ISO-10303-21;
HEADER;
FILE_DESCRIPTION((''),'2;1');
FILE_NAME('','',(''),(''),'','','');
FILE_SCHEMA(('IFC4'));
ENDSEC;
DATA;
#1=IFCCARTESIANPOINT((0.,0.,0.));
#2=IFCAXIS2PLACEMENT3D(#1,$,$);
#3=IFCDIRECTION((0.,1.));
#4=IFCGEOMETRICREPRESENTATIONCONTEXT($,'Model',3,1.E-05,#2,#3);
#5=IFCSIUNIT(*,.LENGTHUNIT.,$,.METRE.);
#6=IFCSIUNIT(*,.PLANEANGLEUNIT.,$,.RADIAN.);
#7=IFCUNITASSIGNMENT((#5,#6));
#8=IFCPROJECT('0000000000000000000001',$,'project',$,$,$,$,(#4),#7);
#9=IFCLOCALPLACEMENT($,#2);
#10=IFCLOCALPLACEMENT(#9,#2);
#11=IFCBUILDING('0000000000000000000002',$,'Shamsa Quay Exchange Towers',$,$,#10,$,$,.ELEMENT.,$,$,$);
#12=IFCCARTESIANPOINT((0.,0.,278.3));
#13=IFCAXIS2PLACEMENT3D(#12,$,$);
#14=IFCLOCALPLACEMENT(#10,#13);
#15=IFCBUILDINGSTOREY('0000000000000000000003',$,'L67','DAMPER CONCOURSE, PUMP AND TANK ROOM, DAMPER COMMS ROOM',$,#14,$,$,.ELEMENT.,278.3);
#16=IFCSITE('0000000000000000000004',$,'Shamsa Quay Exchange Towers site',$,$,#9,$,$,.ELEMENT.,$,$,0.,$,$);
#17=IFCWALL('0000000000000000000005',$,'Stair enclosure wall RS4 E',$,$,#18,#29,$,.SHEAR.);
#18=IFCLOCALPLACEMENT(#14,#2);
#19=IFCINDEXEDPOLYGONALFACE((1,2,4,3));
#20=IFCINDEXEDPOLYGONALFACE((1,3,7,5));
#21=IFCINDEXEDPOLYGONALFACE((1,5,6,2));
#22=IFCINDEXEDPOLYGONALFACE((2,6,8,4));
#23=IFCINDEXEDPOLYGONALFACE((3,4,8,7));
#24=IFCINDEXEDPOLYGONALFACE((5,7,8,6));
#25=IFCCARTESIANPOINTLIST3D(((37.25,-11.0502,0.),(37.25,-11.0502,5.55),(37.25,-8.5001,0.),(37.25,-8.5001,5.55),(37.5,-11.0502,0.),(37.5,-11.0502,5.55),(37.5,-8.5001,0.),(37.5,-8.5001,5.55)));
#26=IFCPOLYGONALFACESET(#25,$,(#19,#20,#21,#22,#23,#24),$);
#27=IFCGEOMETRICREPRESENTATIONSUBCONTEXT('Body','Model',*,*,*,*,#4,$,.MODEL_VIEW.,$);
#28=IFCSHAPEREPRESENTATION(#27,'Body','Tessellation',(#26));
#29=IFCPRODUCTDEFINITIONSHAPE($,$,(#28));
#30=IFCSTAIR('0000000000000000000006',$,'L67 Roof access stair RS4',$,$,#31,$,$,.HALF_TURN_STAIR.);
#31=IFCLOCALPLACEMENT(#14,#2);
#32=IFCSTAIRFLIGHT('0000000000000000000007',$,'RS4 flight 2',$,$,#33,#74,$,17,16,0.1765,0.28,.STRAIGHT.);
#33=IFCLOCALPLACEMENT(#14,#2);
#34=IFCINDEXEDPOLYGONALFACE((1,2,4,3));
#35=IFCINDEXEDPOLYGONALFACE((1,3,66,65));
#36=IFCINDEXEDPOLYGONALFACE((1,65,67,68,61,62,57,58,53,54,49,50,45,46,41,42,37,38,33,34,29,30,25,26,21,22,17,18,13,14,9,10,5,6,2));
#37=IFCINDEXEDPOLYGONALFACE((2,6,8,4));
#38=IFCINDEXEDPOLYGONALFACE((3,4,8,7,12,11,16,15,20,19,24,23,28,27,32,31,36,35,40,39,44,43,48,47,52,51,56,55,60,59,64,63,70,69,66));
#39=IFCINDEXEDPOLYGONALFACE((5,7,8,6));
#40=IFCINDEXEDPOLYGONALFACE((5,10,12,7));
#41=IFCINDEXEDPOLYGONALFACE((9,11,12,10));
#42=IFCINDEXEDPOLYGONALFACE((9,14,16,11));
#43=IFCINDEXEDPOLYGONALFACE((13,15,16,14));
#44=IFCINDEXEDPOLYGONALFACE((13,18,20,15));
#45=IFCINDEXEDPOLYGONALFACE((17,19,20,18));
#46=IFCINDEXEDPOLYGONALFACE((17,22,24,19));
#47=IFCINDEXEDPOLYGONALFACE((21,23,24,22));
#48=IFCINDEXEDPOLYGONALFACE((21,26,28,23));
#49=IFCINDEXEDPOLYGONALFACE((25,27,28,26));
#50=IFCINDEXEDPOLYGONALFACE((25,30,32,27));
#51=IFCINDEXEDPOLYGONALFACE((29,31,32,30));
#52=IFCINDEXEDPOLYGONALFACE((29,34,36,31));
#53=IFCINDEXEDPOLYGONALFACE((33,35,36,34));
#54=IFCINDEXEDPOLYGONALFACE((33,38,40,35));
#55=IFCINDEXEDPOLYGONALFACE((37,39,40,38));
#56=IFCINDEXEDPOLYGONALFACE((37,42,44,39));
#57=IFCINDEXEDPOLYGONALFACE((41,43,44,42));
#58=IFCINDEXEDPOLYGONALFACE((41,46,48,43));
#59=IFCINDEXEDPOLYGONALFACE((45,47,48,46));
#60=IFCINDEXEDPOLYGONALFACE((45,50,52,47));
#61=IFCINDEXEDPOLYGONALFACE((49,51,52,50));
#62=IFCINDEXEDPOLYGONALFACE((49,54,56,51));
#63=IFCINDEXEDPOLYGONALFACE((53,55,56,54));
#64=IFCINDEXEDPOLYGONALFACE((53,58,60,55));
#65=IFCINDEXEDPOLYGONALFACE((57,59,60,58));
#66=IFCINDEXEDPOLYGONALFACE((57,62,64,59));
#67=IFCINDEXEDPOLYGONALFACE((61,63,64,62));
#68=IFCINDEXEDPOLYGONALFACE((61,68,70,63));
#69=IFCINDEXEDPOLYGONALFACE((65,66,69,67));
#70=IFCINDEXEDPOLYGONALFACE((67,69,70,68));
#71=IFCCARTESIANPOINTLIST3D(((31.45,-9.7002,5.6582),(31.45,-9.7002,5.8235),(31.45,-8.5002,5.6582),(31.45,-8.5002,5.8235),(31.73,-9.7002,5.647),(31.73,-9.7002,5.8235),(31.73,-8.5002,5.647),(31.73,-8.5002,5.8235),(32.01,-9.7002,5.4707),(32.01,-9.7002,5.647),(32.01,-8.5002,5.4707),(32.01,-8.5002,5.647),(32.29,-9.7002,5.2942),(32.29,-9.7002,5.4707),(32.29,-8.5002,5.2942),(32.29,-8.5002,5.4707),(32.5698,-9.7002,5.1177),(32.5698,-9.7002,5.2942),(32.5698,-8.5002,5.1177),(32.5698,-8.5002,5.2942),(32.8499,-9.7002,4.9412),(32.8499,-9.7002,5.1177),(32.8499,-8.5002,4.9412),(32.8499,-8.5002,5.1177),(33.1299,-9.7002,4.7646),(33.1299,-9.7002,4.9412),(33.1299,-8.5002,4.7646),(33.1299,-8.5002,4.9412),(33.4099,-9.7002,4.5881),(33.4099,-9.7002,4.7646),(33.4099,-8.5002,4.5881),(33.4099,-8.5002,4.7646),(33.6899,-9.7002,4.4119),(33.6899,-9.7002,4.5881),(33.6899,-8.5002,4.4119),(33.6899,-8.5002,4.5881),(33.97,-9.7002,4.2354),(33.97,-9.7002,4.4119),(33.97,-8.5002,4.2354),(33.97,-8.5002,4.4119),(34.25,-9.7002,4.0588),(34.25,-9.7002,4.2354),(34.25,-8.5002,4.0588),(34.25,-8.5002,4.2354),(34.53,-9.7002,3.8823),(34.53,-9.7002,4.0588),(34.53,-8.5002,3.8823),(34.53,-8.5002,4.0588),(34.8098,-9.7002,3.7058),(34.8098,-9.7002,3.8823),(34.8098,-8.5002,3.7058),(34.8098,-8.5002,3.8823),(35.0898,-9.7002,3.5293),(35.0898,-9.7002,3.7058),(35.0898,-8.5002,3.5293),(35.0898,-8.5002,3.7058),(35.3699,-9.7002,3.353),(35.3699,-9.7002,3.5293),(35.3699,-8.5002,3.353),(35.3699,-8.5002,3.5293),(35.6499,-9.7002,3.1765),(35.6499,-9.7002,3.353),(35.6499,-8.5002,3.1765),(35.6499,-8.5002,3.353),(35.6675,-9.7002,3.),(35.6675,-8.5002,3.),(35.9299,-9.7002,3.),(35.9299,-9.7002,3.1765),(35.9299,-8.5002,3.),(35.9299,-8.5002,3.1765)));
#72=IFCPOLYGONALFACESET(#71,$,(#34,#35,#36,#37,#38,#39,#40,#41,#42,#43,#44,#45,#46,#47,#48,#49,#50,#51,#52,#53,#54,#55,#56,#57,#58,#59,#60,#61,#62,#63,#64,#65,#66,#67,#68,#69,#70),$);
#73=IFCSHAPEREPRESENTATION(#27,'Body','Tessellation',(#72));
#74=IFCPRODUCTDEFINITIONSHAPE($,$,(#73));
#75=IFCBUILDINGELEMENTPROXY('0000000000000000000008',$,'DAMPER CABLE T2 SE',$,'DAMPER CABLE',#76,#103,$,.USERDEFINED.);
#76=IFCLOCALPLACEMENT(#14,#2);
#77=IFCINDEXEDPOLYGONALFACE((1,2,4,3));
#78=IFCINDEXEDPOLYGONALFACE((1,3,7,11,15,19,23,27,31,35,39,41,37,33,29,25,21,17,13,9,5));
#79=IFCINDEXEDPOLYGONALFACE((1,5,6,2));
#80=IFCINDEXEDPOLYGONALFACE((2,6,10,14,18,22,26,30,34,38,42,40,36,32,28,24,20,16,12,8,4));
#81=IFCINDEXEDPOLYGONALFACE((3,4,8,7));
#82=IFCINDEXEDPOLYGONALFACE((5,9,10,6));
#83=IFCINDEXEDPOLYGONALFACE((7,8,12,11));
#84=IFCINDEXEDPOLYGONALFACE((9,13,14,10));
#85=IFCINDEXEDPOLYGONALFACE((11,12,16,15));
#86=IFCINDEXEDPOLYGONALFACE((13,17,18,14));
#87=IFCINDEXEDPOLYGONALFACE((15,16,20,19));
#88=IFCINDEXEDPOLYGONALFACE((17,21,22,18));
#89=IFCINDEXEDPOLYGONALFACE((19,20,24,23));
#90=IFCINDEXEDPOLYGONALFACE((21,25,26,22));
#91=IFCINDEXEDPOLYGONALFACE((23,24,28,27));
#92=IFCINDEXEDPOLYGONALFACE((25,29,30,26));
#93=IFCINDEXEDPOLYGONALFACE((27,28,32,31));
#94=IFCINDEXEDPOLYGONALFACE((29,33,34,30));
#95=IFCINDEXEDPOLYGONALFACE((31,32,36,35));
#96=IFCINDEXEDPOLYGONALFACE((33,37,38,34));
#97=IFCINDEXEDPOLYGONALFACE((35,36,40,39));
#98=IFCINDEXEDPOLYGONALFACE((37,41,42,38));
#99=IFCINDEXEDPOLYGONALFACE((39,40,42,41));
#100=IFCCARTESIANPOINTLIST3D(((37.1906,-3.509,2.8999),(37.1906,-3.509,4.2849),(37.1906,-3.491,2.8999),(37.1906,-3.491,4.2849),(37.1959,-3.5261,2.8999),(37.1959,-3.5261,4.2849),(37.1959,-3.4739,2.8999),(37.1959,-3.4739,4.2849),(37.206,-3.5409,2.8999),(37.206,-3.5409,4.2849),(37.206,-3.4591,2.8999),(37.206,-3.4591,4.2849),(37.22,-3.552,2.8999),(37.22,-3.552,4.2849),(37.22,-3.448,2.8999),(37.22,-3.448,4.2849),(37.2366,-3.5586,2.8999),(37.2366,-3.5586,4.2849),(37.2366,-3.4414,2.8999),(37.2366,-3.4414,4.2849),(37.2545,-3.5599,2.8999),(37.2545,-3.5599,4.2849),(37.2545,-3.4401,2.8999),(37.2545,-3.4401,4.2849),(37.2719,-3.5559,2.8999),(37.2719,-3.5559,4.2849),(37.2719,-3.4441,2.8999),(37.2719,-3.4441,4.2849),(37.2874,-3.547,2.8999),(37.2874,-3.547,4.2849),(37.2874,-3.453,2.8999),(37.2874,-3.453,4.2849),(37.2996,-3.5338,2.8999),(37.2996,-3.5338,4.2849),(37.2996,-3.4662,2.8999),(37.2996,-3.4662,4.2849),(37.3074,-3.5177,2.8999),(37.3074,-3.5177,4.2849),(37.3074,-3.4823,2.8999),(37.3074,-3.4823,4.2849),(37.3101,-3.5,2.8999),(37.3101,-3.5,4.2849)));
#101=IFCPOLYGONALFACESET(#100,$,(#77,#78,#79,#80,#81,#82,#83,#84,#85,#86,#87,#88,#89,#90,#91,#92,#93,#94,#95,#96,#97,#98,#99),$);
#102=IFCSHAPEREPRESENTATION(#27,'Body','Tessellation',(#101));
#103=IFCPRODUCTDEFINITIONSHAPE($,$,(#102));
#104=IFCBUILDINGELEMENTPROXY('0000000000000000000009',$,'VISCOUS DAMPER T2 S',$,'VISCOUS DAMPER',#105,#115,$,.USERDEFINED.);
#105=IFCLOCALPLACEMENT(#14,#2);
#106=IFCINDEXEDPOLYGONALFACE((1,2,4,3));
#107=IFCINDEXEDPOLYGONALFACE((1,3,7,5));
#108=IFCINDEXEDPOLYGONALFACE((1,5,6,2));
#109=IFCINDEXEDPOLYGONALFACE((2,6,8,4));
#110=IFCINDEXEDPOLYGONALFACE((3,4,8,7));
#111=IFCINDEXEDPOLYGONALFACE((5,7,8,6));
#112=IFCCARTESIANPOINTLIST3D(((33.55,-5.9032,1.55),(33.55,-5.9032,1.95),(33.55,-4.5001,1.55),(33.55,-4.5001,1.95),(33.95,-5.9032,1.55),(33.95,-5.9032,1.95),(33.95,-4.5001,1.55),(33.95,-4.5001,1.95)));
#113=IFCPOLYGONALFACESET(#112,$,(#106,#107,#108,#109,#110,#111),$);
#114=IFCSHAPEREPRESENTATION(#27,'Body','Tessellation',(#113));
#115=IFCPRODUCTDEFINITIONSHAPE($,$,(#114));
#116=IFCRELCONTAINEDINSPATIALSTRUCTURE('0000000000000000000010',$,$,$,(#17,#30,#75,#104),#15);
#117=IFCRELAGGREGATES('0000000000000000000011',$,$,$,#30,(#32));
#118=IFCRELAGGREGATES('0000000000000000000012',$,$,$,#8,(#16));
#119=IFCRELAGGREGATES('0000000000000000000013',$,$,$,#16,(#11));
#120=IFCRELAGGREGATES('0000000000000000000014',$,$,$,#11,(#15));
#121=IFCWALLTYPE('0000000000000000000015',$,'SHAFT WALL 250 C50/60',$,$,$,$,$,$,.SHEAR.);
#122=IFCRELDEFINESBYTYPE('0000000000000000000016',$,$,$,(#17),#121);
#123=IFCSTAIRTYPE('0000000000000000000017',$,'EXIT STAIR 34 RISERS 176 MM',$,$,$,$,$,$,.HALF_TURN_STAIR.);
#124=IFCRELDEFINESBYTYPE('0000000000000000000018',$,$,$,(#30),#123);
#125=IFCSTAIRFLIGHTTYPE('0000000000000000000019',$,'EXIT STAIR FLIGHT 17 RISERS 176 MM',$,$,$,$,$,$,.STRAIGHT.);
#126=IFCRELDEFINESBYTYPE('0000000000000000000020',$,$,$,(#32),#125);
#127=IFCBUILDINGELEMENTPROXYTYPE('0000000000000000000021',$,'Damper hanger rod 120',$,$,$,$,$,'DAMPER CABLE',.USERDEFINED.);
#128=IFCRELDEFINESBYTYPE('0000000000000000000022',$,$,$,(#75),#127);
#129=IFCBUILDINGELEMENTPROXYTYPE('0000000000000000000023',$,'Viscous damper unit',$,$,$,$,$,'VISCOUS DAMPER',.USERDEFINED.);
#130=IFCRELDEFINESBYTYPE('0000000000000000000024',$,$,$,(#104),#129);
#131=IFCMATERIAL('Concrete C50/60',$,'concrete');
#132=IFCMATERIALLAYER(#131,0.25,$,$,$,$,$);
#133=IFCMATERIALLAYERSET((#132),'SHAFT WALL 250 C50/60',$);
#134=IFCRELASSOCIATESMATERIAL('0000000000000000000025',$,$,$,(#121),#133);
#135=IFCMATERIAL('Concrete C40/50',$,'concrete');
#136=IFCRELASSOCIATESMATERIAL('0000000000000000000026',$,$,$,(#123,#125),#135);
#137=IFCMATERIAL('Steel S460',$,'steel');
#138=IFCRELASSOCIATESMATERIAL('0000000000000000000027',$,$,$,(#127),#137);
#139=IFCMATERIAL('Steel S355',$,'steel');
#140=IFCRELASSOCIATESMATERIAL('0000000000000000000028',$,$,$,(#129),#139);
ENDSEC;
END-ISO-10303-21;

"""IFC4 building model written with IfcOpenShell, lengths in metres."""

from ifc_helpers import new_model, si_unit, direction, frame, frame_2d, origin, origin_2d, place, context, subcontext, project, spatial, polyline, rectangle, circle, outline, extrude, material, layer, layer_set, material_profile, profile_set, type_object, element, aggregate, save


model = new_model("IFC4")

# Units and contexts
model_context = context("Model", 3, precision=1e-05, world=origin(), true_north=direction((0.0, 1.0)))
body_context = subcontext(model_context, "Body", "Model", "MODEL_VIEW")
ifc_project = project(units=[si_unit("LENGTHUNIT", "METRE"), si_unit("PLANEANGLEUNIT", "RADIAN")], contexts=[model_context])

# Site, building, storey
site_placement = place(None, origin())
site = spatial("IfcSite", under=ifc_project, at=site_placement, Name="Shamsa Quay Exchange Towers site", CompositionType="ELEMENT", RefElevation=0.0)
building_placement = place(site_placement, origin())
building = spatial("IfcBuilding", under=site, at=building_placement, Name="Shamsa Quay Exchange Towers", CompositionType="ELEMENT")
storey_placement = place(building_placement, frame((0.0, 0.0, 278.3)))
storey = spatial("IfcBuildingStorey", under=building, at=storey_placement, Name="L67", Description="DAMPER CONCOURSE, PUMP AND TANK ROOM, DAMPER COMMS ROOM", CompositionType="ELEMENT", Elevation=278.3)

# Shared definitions
ifc_material_1 = material(Name="Steel S355", Category="steel")

# Wall
ifc_material_2 = material(Name="Concrete C50/60", Category="concrete")
ifc_layer_1 = layer(ifc_material_2, 0.25)
ifc_layer_set_1 = layer_set([ifc_layer_1], Name="SHAFT WALL 250 C50/60")
wall_type_1 = type_object("IfcWallType", Name="SHAFT WALL 250 C50/60", PredefinedType="SHEAR", material=ifc_layer_set_1)
wall_1_placement = place(storey_placement, frame((37.375, -11.05, 0.0), z_axis=(0.0, 0.0, 1.0), x_axis=(0.0, 1.0, 0.0)))
element("IfcWall", 1, at=wall_1_placement, inside=storey, type_object=wall_type_1, Name="Stair enclosure wall RS4 E", PredefinedType="SHEAR", context=body_context, shape_type="SweptSolid", body=[
    extrude(rectangle(XDim=2.55, YDim=0.25, at=frame_2d((1.2749, 0.0))), origin(), (0.0, 0.0, 1.0), 5.55),
])

# Stair, stair flight
ifc_material_3 = material(Name="Concrete C40/50", Category="concrete")
stair_type = type_object("IfcStairType", Name="EXIT STAIR 34 RISERS 176 MM", PredefinedType="HALF_TURN_STAIR", material=ifc_material_3)
stair_placement = place(storey_placement, origin())
stair = element("IfcStair", 2, at=stair_placement, inside=storey, type_object=stair_type, Name="L67 Roof access stair RS4", PredefinedType="HALF_TURN_STAIR")
stair_flight_type = type_object("IfcStairFlightType", Name="EXIT STAIR FLIGHT 17 RISERS 176 MM", PredefinedType="STRAIGHT", material=ifc_material_3)
stair_flight_placement = place(storey_placement, frame((35.9299, -9.1001, 3.0), z_axis=(0.0, 0.0, 1.0), x_axis=(-1.0, 0.0, 0.0)))
stair_flight = element("IfcStairFlight", 3, at=stair_flight_placement, type_object=stair_flight_type, Name="RS4 flight 2", NumberOfRisers=17, NumberOfTreads=16, PredefinedType="STRAIGHT", RiserHeight=0.1765, TreadLength=0.28, context=body_context, shape_type="SweptSolid", body=[
    extrude(outline(polyline([(0.0, 0.0), (0.0, 0.1765), (0.28, 0.1765), (0.28, 0.353), (0.5601, 0.353), (0.5601, 0.5293), (0.8401, 0.5293), (0.8401, 0.7058), (1.1201, 0.7058), (1.1201, 0.8823), (1.3999, 0.8823), (1.3999, 1.0588), (1.6799, 1.0588), (1.6799, 1.2354), (1.96, 1.2354), (1.96, 1.4119), (2.24, 1.4119), (2.24, 1.5881), (2.52, 1.5881), (2.52, 1.7646), (2.8, 1.7646), (2.8, 1.9412), (3.0801, 1.9412), (3.0801, 2.1177), (3.3601, 2.1177), (3.3601, 2.2942), (3.6399, 2.2942), (3.6399, 2.4707), (3.9199, 2.4707), (3.9199, 2.647), (4.2, 2.647), (4.2, 2.8235), (4.48, 2.8235), (4.48, 3.0), (4.48, 2.6582), (0.2625, 0.0), (0.0, 0.0)])), frame((0.0, 0.6001, 0.0), z_axis=(0.0, -1.0, 0.0), x_axis=(1.0, 0.0, 0.0)), (0.0, 0.0, 1.0), 1.2),
])
aggregate(stair, [stair_flight])

# Building element proxies
ifc_material_4 = material(Name="Steel S460", Category="steel")
ifc_material_profile_1 = material_profile(ifc_material_4, circle(Radius=0.0601, at=origin_2d()), Name="R120")
ifc_profile_set_1 = profile_set([ifc_material_profile_1], Name="Steel S460")
building_element_proxy_type_1 = type_object("IfcBuildingElementProxyType", Name="Damper hanger rod 120", ElementType="DAMPER CABLE", PredefinedType="USERDEFINED", material=ifc_profile_set_1)
proxy_1_placement = place(storey_placement, frame((37.25, -3.5, 2.8999)))
element("IfcBuildingElementProxy", 4, at=proxy_1_placement, inside=storey, type_object=building_element_proxy_type_1, Name="DAMPER CABLE T2 SE", ObjectType="DAMPER CABLE", PredefinedType="USERDEFINED", context=body_context, shape_type="SweptSolid", body=[
    extrude(circle(Radius=0.0601, at=origin_2d()), origin(), (0.0, 0.0, 1.0), 1.385),
])
building_element_proxy_type_2 = type_object("IfcBuildingElementProxyType", Name="Viscous damper unit", ElementType="VISCOUS DAMPER", PredefinedType="USERDEFINED", material=ifc_material_1)
proxy_2_placement = place(storey_placement, frame((33.75, -5.2017, 1.55)))
element("IfcBuildingElementProxy", 5, at=proxy_2_placement, inside=storey, type_object=building_element_proxy_type_2, Name="VISCOUS DAMPER T2 S", ObjectType="VISCOUS DAMPER", PredefinedType="USERDEFINED", context=body_context, shape_type="SweptSolid", body=[
    extrude(rectangle(XDim=0.3999, YDim=1.4031, at=origin_2d()), origin(), (0.0, 0.0, 1.0), 0.3999),
])

save(model, "model.ifc")
